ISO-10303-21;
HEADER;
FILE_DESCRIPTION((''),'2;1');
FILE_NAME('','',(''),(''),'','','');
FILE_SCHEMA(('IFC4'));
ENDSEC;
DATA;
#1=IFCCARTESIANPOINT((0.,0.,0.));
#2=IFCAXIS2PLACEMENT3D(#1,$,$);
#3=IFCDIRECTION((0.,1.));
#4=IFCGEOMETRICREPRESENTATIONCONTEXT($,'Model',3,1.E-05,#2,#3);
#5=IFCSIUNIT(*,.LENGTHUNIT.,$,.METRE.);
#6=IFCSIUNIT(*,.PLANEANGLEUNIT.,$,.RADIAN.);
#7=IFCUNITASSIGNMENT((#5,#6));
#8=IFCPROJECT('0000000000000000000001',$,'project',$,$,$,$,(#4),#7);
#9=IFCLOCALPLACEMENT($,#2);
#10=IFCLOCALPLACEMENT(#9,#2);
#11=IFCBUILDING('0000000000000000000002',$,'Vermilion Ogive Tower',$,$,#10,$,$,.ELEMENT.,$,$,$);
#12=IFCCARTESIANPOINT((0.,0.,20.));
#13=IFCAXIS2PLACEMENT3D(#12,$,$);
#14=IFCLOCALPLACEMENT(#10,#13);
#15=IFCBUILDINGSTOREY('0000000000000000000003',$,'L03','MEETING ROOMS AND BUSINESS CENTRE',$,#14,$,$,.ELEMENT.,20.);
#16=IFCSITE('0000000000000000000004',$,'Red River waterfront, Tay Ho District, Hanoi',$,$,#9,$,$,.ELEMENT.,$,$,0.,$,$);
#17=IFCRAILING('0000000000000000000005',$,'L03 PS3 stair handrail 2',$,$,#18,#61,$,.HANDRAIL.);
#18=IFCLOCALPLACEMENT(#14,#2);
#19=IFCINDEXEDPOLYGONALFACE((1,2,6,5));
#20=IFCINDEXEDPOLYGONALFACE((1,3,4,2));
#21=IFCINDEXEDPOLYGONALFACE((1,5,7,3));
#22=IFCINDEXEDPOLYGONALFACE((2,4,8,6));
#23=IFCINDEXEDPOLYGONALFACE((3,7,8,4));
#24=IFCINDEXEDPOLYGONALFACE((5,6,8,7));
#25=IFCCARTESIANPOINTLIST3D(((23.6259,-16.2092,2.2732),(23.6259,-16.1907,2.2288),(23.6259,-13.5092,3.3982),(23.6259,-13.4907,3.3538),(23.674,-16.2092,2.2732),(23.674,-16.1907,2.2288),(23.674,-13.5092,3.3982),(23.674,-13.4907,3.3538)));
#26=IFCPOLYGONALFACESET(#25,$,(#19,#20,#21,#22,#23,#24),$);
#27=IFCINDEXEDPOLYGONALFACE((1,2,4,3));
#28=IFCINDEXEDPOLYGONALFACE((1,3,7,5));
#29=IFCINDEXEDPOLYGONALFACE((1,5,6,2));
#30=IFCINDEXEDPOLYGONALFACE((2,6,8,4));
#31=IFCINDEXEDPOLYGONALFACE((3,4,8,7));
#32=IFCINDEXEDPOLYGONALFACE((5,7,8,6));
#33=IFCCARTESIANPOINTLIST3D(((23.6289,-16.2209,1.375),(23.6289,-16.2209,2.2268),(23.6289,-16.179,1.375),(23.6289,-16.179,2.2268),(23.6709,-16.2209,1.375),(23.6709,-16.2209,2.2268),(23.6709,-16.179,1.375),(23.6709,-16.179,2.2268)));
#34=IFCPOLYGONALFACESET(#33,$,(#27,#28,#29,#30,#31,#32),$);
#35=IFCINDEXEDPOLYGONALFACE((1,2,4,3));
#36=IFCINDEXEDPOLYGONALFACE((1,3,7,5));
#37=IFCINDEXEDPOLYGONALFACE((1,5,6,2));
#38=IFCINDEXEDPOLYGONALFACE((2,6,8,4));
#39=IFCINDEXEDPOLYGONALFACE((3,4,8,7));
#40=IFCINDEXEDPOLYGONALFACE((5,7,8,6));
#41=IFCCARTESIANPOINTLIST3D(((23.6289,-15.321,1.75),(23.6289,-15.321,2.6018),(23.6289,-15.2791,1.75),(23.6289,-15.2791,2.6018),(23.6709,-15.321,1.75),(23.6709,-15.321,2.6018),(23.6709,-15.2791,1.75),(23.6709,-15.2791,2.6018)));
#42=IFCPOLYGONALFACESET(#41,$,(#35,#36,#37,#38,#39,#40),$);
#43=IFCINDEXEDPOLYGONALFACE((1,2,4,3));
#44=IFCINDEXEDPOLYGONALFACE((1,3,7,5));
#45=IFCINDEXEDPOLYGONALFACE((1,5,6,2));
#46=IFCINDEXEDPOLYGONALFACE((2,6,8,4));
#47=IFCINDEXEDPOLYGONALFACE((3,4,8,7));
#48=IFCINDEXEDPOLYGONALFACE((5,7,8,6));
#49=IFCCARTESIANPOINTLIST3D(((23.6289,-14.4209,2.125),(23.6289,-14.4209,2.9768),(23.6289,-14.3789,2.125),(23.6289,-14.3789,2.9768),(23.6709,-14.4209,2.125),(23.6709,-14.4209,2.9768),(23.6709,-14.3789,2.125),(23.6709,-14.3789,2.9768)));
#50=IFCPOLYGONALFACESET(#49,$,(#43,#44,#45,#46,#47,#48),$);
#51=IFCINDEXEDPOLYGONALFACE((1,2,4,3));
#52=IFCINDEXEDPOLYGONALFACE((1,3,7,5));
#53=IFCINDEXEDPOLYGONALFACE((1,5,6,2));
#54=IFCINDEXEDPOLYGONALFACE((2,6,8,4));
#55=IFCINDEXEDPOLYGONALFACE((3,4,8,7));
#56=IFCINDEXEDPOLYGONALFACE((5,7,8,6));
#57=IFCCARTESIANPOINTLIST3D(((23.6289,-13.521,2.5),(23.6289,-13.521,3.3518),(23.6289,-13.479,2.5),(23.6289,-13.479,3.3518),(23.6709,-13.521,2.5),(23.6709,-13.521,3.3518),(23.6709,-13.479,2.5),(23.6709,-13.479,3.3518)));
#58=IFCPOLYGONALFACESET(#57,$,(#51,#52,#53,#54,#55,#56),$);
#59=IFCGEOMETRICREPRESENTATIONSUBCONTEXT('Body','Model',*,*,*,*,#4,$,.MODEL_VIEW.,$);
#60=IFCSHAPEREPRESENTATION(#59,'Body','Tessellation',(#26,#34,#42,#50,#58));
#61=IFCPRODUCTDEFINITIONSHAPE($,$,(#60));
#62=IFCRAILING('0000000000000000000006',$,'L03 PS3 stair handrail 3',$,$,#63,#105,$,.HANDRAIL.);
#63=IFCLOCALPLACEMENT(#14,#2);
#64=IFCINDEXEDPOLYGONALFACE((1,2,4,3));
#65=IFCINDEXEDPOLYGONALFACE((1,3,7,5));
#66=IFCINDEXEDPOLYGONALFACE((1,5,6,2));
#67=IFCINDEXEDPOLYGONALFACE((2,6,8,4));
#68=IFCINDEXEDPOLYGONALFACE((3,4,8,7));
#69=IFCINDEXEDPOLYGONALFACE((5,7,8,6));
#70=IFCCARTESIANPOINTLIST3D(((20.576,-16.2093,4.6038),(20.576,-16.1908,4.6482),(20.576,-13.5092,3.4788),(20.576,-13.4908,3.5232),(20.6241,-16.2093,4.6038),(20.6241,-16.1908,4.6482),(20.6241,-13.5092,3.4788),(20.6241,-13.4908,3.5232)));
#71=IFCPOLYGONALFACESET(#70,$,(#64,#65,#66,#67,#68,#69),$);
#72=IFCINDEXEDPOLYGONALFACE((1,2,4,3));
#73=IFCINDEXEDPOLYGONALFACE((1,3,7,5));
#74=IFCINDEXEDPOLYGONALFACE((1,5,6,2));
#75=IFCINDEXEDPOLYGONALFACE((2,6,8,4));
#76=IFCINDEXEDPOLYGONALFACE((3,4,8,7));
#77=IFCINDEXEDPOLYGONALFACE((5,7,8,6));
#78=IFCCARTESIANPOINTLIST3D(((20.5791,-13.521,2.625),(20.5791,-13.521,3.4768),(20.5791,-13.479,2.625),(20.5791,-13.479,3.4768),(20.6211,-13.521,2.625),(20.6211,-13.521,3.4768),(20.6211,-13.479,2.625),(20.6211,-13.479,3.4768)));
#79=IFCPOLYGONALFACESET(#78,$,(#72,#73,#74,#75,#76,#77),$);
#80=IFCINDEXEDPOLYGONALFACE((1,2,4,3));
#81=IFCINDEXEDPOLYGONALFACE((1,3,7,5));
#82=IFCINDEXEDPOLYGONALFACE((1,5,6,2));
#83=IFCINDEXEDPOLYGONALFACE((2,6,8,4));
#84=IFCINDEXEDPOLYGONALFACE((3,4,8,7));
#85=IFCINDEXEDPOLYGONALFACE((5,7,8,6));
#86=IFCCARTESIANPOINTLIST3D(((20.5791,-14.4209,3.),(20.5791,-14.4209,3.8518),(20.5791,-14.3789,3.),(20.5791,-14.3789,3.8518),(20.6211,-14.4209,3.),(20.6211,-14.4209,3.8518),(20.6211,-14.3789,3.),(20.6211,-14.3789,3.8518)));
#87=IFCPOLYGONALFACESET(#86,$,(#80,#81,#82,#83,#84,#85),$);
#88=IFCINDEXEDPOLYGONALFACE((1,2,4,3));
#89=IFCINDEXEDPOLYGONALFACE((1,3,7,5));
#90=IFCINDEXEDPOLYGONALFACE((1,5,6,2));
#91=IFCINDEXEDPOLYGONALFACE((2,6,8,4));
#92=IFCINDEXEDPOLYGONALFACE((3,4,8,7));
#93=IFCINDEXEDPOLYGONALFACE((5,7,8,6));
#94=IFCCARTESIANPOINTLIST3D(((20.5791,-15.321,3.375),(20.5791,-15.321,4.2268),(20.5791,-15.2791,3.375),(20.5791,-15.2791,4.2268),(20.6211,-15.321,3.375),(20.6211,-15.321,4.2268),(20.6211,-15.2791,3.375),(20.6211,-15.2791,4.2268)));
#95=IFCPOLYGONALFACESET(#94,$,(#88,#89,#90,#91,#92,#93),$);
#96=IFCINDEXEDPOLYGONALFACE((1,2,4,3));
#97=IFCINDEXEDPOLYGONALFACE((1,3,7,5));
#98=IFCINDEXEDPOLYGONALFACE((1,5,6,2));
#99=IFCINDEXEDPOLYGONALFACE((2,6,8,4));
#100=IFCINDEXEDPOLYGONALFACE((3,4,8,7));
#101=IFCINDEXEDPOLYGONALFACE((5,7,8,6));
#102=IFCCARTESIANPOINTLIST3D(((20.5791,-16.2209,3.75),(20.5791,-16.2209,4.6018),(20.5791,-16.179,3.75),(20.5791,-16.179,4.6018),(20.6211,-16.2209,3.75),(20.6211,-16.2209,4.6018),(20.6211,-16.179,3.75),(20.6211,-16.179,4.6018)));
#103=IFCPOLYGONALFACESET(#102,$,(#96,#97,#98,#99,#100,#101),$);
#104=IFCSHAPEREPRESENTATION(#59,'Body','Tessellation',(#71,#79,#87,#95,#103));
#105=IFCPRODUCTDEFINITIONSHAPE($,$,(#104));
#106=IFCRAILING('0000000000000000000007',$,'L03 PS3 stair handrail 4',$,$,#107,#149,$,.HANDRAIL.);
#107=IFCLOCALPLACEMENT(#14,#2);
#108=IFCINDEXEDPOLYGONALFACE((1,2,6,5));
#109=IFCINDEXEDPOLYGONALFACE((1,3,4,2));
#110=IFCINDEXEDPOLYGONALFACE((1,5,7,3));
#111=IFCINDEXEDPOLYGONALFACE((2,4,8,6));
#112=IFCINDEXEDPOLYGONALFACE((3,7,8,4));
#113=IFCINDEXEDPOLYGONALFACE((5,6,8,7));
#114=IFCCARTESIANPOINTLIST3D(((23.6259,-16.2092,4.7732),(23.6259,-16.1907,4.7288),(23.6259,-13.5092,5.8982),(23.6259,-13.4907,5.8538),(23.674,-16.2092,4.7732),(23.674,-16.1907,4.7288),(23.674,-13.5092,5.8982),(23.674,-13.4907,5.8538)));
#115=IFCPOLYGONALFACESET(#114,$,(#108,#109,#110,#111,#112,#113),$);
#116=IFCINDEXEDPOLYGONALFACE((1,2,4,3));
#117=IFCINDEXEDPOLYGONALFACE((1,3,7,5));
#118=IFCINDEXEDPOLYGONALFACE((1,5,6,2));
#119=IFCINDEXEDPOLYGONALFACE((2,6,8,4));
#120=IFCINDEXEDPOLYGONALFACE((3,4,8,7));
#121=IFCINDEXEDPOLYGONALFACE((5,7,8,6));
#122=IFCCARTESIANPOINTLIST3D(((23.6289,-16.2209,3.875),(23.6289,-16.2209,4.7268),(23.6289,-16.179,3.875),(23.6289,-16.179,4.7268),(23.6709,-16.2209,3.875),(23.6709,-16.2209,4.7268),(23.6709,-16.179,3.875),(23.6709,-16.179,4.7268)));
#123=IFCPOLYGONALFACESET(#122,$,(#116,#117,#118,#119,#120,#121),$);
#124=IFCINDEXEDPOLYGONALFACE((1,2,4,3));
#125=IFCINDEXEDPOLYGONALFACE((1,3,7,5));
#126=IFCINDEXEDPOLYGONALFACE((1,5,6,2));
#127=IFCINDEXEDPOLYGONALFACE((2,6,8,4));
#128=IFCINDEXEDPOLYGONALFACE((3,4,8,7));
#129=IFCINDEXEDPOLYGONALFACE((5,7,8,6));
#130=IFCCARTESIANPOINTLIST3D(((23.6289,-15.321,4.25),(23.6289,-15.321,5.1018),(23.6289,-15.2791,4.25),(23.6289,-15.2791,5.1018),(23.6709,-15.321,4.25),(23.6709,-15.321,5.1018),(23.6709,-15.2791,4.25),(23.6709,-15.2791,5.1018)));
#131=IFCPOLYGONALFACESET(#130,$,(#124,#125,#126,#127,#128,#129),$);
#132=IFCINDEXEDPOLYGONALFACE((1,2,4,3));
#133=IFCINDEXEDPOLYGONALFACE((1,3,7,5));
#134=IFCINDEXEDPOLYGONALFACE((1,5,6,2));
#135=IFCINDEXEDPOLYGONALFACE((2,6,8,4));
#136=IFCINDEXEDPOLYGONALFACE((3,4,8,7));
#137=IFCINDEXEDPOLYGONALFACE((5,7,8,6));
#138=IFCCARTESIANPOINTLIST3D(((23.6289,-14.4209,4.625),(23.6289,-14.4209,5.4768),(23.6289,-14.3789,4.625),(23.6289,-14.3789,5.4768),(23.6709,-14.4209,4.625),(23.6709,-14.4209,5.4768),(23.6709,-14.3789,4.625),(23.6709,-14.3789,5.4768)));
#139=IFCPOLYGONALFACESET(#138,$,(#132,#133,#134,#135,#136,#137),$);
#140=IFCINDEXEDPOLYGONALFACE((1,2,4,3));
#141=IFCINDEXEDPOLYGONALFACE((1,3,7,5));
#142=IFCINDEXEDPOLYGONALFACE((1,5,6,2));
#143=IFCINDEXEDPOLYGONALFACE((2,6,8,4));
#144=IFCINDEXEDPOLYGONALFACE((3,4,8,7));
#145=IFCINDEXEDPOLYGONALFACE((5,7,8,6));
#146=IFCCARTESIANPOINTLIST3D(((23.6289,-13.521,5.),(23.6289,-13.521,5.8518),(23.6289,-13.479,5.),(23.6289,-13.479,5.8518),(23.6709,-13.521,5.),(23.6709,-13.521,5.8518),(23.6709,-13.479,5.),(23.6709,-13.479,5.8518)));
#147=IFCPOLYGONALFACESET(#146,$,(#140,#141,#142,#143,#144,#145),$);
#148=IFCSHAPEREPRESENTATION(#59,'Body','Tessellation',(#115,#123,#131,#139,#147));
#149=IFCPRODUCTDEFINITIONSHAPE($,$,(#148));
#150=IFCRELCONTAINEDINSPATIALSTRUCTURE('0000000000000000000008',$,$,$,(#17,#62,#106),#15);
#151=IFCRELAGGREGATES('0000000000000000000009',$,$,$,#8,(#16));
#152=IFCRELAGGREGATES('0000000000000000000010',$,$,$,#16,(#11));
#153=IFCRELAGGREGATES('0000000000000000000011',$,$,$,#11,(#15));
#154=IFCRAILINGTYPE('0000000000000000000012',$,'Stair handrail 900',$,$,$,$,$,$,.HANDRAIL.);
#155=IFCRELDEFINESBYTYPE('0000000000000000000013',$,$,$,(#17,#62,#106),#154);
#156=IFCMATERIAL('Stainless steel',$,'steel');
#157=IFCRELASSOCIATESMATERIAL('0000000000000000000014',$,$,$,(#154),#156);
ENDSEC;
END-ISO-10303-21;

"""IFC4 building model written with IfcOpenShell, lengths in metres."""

from ifc_helpers import new_model, si_unit, direction, frame, origin, origin_2d, place, context, subcontext, project, spatial, rectangle, extrude, material, type_object, element, save


model = new_model("IFC4")

# Units and contexts
model_context = context("Model", 3, precision=1e-05, world=origin(), true_north=direction((0.0, 1.0)))
body_context = subcontext(model_context, "Body", "Model", "MODEL_VIEW")
ifc_project = project(units=[si_unit("LENGTHUNIT", "METRE"), si_unit("PLANEANGLEUNIT", "RADIAN")], contexts=[model_context])

# Site, building, storey
site_placement = place(None, origin())
site = spatial("IfcSite", under=ifc_project, at=site_placement, Name="Red River waterfront, Tay Ho District, Hanoi", CompositionType="ELEMENT", RefElevation=0.0)
building_placement = place(site_placement, origin())
building = spatial("IfcBuilding", under=site, at=building_placement, Name="Vermilion Ogive Tower", CompositionType="ELEMENT")
storey_placement = place(building_placement, frame((0.0, 0.0, 20.0)))
storey = spatial("IfcBuildingStorey", under=building, at=storey_placement, Name="L03", Description="MEETING ROOMS AND BUSINESS CENTRE", CompositionType="ELEMENT", Elevation=20.0)

# Railings
ifc_material_1 = material(Name="Stainless steel", Category="steel")
railing_type_1 = type_object("IfcRailingType", Name="Stair handrail 900", PredefinedType="HANDRAIL", material=ifc_material_1)
railing_1_placement = place(storey_placement, frame((23.6499, -16.2, 1.375)))
element("IfcRailing", 1, at=railing_1_placement, inside=storey, type_object=railing_type_1, Name="L03 PS3 stair handrail 2", PredefinedType="HANDRAIL", context=body_context, shape_type="SweptSolid", body=[
    extrude(rectangle(XDim=0.0481, YDim=0.0481, at=origin_2d()), frame((0.0, 0.0, 0.876), z_axis=(0.0, 0.923074, 0.384621), x_axis=(-1.0, 0.0, 0.0)), (0.0, 0.0, 1.0), 2.925),
    extrude(rectangle(XDim=0.042, YDim=0.042, at=origin_2d()), origin(), (0.0, 0.0, 1.0), 0.8518),
    extrude(rectangle(XDim=0.042, YDim=0.042, at=origin_2d()), frame((0.0, 0.8999, 0.375)), (0.0, 0.0, 1.0), 0.8518),
    extrude(rectangle(XDim=0.042, YDim=0.042, at=origin_2d()), frame((0.0, 1.8, 0.75)), (0.0, 0.0, 1.0), 0.8518),
    extrude(rectangle(XDim=0.042, YDim=0.042, at=origin_2d()), frame((0.0, 2.7, 1.125)), (0.0, 0.0, 1.0), 0.8518),
])
railing_2_placement = place(storey_placement, frame((20.6001, -13.5, 2.625)))
element("IfcRailing", 2, at=railing_2_placement, inside=storey, type_object=railing_type_1, Name="L03 PS3 stair handrail 3", PredefinedType="HANDRAIL", context=body_context, shape_type="SweptSolid", body=[
    extrude(rectangle(XDim=0.0481, YDim=0.0481, at=origin_2d()), frame((0.0, 0.0, 0.876), z_axis=(0.0, -0.923074, 0.384621), x_axis=(1.0, 0.0, 0.0)), (0.0, 0.0, 1.0), 2.925),
    extrude(rectangle(XDim=0.042, YDim=0.042, at=origin_2d()), origin(), (0.0, 0.0, 1.0), 0.8518),
    extrude(rectangle(XDim=0.042, YDim=0.042, at=origin_2d()), frame((0.0, -0.8999, 0.375)), (0.0, 0.0, 1.0), 0.8518),
    extrude(rectangle(XDim=0.042, YDim=0.042, at=origin_2d()), frame((0.0, -1.8, 0.75)), (0.0, 0.0, 1.0), 0.8518),
    extrude(rectangle(XDim=0.042, YDim=0.042, at=origin_2d()), frame((0.0, -2.7, 1.125)), (0.0, 0.0, 1.0), 0.8518),
])
railing_3_placement = place(storey_placement, frame((23.6499, -16.2, 3.875)))
element("IfcRailing", 3, at=railing_3_placement, inside=storey, type_object=railing_type_1, Name="L03 PS3 stair handrail 4", PredefinedType="HANDRAIL", context=body_context, shape_type="SweptSolid", body=[
    extrude(rectangle(XDim=0.0481, YDim=0.0481, at=origin_2d()), frame((0.0, 0.0, 0.876), z_axis=(0.0, 0.923074, 0.384621), x_axis=(-1.0, 0.0, 0.0)), (0.0, 0.0, 1.0), 2.925),
    extrude(rectangle(XDim=0.042, YDim=0.042, at=origin_2d()), origin(), (0.0, 0.0, 1.0), 0.8518),
    extrude(rectangle(XDim=0.042, YDim=0.042, at=origin_2d()), frame((0.0, 0.8999, 0.375)), (0.0, 0.0, 1.0), 0.8518),
    extrude(rectangle(XDim=0.042, YDim=0.042, at=origin_2d()), frame((0.0, 1.8, 0.75)), (0.0, 0.0, 1.0), 0.8518),
    extrude(rectangle(XDim=0.042, YDim=0.042, at=origin_2d()), frame((0.0, 2.7, 1.125)), (0.0, 0.0, 1.0), 0.8518),
])

save(model, "model.ifc")
